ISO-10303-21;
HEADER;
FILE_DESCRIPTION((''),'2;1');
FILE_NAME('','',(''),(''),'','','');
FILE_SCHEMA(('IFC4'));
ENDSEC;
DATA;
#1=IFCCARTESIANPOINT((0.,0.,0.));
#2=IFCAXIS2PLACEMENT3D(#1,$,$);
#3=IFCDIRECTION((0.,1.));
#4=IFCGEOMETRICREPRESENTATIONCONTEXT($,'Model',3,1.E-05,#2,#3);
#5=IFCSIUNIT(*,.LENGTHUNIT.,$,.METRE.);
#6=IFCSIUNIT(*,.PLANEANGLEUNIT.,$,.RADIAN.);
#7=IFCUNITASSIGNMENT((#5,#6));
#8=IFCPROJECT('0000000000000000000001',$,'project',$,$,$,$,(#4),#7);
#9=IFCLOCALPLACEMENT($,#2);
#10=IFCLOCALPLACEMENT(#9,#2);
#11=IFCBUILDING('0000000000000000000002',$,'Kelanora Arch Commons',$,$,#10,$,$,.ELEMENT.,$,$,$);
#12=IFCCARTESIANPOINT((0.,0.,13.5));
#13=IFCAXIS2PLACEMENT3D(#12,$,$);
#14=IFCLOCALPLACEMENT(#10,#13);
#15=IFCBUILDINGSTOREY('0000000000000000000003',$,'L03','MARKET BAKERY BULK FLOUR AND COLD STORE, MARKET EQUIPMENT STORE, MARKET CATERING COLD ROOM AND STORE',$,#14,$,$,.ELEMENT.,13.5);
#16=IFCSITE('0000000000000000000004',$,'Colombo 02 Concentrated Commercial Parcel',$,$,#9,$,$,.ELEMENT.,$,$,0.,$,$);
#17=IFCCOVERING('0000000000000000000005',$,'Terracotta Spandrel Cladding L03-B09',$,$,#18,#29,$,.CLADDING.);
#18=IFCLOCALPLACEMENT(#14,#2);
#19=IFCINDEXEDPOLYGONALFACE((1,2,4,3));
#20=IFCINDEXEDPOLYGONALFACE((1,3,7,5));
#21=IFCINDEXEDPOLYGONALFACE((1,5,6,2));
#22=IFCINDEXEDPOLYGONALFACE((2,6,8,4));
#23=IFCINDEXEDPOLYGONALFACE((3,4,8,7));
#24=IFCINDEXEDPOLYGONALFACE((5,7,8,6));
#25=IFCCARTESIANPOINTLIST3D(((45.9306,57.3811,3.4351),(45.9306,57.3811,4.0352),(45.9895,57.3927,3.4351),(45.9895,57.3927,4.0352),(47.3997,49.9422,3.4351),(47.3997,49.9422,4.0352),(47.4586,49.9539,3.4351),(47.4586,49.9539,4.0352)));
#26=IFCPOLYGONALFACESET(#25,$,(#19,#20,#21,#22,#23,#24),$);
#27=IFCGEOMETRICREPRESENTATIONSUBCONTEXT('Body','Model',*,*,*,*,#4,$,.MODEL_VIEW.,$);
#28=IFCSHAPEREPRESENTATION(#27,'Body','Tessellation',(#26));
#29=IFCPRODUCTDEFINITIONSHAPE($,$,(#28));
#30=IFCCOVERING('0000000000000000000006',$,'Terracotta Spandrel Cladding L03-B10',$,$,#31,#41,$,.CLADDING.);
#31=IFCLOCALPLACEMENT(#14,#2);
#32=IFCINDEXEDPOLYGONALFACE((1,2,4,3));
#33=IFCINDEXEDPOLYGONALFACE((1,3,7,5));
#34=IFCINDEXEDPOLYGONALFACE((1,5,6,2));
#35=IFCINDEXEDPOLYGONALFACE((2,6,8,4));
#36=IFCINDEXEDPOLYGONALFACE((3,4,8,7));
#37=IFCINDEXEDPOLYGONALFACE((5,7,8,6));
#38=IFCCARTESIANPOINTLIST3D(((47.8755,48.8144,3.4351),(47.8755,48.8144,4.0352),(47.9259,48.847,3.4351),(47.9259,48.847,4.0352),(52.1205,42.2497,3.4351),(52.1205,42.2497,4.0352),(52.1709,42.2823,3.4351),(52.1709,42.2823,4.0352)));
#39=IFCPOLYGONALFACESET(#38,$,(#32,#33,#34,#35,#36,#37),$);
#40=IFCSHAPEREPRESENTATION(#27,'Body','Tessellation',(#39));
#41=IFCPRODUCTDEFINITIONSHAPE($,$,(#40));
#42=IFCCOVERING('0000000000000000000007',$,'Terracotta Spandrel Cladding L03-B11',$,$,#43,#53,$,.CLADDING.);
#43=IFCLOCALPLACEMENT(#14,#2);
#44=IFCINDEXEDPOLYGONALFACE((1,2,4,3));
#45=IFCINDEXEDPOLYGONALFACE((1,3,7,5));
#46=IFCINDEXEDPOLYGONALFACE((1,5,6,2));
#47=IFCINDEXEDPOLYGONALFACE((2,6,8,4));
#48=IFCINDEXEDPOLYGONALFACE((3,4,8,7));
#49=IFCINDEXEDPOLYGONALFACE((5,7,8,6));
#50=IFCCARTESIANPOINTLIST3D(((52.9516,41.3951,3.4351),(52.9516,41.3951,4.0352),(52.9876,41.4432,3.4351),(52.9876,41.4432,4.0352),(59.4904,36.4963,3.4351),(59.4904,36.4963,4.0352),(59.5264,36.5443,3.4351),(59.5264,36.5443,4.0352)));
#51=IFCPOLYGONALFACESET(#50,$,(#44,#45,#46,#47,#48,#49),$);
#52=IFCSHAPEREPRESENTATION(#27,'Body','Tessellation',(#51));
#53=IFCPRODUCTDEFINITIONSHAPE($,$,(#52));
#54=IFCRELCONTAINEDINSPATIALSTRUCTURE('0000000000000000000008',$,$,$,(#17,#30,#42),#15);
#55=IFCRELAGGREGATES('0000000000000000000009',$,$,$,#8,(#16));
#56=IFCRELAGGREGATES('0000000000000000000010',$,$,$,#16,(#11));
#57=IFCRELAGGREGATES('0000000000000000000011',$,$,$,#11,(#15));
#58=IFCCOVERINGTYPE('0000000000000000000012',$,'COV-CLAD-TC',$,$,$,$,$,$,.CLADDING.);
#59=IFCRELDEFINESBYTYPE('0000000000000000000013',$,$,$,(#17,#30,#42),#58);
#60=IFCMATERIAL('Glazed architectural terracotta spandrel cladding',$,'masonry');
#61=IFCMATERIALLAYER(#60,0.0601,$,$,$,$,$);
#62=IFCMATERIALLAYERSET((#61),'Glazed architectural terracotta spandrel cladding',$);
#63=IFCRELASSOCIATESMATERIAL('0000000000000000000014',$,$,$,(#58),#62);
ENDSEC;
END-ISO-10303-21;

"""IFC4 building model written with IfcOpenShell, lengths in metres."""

from ifc_helpers import new_model, si_unit, direction, frame, origin, origin_2d, place, context, subcontext, project, spatial, rectangle, extrude, source, transform, mapped, material, layer, layer_set, type_object, element, save


model = new_model("IFC4")

# Units and contexts
model_context = context("Model", 3, precision=1e-05, world=origin(), true_north=direction((0.0, 1.0)))
body_context = subcontext(model_context, "Body", "Model", "MODEL_VIEW")
ifc_project = project(units=[si_unit("LENGTHUNIT", "METRE"), si_unit("PLANEANGLEUNIT", "RADIAN")], contexts=[model_context])

# Site, building, storey
site_placement = place(None, origin())
site = spatial("IfcSite", under=ifc_project, at=site_placement, Name="Colombo 02 Concentrated Commercial Parcel", CompositionType="ELEMENT", RefElevation=0.0)
building_placement = place(site_placement, origin())
building = spatial("IfcBuilding", under=site, at=building_placement, Name="Kelanora Arch Commons", CompositionType="ELEMENT")
storey_placement = place(building_placement, frame((0.0, 0.0, 13.5)))
storey = spatial("IfcBuildingStorey", under=building, at=storey_placement, Name="L03", Description="MARKET BAKERY BULK FLOUR AND COLD STORE, MARKET EQUIPMENT STORE, MARKET CATERING COLD ROOM AND STORE", CompositionType="ELEMENT", Elevation=13.5)

# Coverings
ifc_material_1 = material(Name="Glazed architectural terracotta spandrel cladding", Category="masonry")
ifc_layer_1 = layer(ifc_material_1, 0.0601)
ifc_layer_set_1 = layer_set([ifc_layer_1], Name="Glazed architectural terracotta spandrel cladding")
covering_type = type_object("IfcCoveringType", Name="COV-CLAD-TC", PredefinedType="CLADDING", material=ifc_layer_set_1)
shared_shape_1 = source(origin(), body_context, "Body", "SweptSolid", [
    extrude(rectangle(XDim=7.5825, YDim=0.0601, at=origin_2d()), origin(), (0.0, 0.0, 1.0), 0.6001),
])
covering_1_placement = place(storey_placement, frame((46.6946, 53.6675, 3.4351), z_axis=(0.0, 0.0, 1.0), x_axis=(0.193744, -0.981052, 0.0)))
element("IfcCovering", 1, at=covering_1_placement, inside=storey, type_object=covering_type, Name="Terracotta Spandrel Cladding L03-B09", PredefinedType="CLADDING", context=body_context, shape_type="MappedRepresentation", body=[
    mapped(shared_shape_1, transform((0.0, 0.0, 0.0), scale=1.0)),
])
shared_shape_2 = source(origin(), body_context, "Body", "SweptSolid", [
    extrude(rectangle(XDim=7.8176, YDim=0.0601, at=origin_2d()), origin(), (0.0, 0.0, 1.0), 0.6001),
])
covering_2_placement = place(storey_placement, frame((50.0232, 45.5483, 3.4351), z_axis=(0.0, 0.0, 1.0), x_axis=(0.543005, -0.839729, 0.0)))
element("IfcCovering", 2, at=covering_2_placement, inside=storey, type_object=covering_type, Name="Terracotta Spandrel Cladding L03-B10", PredefinedType="CLADDING", context=body_context, shape_type="MappedRepresentation", body=[
    mapped(shared_shape_2, transform((0.0, 0.0, 0.0), scale=1.0)),
])
shared_shape_3 = source(origin(), body_context, "Body", "SweptSolid", [
    extrude(rectangle(XDim=8.1704, YDim=0.0601, at=origin_2d()), origin(), (0.0, 0.0, 1.0), 0.6001),
])
covering_3_placement = place(storey_placement, frame((56.239, 38.9697, 3.4351), z_axis=(0.0, 0.0, 1.0), x_axis=(0.80031, -0.599587, 0.0)))
element("IfcCovering", 3, at=covering_3_placement, inside=storey, type_object=covering_type, Name="Terracotta Spandrel Cladding L03-B11", PredefinedType="CLADDING", context=body_context, shape_type="MappedRepresentation", body=[
    mapped(shared_shape_3, transform((0.0, 0.0, 0.0), scale=1.0)),
])

save(model, "model.ifc")
